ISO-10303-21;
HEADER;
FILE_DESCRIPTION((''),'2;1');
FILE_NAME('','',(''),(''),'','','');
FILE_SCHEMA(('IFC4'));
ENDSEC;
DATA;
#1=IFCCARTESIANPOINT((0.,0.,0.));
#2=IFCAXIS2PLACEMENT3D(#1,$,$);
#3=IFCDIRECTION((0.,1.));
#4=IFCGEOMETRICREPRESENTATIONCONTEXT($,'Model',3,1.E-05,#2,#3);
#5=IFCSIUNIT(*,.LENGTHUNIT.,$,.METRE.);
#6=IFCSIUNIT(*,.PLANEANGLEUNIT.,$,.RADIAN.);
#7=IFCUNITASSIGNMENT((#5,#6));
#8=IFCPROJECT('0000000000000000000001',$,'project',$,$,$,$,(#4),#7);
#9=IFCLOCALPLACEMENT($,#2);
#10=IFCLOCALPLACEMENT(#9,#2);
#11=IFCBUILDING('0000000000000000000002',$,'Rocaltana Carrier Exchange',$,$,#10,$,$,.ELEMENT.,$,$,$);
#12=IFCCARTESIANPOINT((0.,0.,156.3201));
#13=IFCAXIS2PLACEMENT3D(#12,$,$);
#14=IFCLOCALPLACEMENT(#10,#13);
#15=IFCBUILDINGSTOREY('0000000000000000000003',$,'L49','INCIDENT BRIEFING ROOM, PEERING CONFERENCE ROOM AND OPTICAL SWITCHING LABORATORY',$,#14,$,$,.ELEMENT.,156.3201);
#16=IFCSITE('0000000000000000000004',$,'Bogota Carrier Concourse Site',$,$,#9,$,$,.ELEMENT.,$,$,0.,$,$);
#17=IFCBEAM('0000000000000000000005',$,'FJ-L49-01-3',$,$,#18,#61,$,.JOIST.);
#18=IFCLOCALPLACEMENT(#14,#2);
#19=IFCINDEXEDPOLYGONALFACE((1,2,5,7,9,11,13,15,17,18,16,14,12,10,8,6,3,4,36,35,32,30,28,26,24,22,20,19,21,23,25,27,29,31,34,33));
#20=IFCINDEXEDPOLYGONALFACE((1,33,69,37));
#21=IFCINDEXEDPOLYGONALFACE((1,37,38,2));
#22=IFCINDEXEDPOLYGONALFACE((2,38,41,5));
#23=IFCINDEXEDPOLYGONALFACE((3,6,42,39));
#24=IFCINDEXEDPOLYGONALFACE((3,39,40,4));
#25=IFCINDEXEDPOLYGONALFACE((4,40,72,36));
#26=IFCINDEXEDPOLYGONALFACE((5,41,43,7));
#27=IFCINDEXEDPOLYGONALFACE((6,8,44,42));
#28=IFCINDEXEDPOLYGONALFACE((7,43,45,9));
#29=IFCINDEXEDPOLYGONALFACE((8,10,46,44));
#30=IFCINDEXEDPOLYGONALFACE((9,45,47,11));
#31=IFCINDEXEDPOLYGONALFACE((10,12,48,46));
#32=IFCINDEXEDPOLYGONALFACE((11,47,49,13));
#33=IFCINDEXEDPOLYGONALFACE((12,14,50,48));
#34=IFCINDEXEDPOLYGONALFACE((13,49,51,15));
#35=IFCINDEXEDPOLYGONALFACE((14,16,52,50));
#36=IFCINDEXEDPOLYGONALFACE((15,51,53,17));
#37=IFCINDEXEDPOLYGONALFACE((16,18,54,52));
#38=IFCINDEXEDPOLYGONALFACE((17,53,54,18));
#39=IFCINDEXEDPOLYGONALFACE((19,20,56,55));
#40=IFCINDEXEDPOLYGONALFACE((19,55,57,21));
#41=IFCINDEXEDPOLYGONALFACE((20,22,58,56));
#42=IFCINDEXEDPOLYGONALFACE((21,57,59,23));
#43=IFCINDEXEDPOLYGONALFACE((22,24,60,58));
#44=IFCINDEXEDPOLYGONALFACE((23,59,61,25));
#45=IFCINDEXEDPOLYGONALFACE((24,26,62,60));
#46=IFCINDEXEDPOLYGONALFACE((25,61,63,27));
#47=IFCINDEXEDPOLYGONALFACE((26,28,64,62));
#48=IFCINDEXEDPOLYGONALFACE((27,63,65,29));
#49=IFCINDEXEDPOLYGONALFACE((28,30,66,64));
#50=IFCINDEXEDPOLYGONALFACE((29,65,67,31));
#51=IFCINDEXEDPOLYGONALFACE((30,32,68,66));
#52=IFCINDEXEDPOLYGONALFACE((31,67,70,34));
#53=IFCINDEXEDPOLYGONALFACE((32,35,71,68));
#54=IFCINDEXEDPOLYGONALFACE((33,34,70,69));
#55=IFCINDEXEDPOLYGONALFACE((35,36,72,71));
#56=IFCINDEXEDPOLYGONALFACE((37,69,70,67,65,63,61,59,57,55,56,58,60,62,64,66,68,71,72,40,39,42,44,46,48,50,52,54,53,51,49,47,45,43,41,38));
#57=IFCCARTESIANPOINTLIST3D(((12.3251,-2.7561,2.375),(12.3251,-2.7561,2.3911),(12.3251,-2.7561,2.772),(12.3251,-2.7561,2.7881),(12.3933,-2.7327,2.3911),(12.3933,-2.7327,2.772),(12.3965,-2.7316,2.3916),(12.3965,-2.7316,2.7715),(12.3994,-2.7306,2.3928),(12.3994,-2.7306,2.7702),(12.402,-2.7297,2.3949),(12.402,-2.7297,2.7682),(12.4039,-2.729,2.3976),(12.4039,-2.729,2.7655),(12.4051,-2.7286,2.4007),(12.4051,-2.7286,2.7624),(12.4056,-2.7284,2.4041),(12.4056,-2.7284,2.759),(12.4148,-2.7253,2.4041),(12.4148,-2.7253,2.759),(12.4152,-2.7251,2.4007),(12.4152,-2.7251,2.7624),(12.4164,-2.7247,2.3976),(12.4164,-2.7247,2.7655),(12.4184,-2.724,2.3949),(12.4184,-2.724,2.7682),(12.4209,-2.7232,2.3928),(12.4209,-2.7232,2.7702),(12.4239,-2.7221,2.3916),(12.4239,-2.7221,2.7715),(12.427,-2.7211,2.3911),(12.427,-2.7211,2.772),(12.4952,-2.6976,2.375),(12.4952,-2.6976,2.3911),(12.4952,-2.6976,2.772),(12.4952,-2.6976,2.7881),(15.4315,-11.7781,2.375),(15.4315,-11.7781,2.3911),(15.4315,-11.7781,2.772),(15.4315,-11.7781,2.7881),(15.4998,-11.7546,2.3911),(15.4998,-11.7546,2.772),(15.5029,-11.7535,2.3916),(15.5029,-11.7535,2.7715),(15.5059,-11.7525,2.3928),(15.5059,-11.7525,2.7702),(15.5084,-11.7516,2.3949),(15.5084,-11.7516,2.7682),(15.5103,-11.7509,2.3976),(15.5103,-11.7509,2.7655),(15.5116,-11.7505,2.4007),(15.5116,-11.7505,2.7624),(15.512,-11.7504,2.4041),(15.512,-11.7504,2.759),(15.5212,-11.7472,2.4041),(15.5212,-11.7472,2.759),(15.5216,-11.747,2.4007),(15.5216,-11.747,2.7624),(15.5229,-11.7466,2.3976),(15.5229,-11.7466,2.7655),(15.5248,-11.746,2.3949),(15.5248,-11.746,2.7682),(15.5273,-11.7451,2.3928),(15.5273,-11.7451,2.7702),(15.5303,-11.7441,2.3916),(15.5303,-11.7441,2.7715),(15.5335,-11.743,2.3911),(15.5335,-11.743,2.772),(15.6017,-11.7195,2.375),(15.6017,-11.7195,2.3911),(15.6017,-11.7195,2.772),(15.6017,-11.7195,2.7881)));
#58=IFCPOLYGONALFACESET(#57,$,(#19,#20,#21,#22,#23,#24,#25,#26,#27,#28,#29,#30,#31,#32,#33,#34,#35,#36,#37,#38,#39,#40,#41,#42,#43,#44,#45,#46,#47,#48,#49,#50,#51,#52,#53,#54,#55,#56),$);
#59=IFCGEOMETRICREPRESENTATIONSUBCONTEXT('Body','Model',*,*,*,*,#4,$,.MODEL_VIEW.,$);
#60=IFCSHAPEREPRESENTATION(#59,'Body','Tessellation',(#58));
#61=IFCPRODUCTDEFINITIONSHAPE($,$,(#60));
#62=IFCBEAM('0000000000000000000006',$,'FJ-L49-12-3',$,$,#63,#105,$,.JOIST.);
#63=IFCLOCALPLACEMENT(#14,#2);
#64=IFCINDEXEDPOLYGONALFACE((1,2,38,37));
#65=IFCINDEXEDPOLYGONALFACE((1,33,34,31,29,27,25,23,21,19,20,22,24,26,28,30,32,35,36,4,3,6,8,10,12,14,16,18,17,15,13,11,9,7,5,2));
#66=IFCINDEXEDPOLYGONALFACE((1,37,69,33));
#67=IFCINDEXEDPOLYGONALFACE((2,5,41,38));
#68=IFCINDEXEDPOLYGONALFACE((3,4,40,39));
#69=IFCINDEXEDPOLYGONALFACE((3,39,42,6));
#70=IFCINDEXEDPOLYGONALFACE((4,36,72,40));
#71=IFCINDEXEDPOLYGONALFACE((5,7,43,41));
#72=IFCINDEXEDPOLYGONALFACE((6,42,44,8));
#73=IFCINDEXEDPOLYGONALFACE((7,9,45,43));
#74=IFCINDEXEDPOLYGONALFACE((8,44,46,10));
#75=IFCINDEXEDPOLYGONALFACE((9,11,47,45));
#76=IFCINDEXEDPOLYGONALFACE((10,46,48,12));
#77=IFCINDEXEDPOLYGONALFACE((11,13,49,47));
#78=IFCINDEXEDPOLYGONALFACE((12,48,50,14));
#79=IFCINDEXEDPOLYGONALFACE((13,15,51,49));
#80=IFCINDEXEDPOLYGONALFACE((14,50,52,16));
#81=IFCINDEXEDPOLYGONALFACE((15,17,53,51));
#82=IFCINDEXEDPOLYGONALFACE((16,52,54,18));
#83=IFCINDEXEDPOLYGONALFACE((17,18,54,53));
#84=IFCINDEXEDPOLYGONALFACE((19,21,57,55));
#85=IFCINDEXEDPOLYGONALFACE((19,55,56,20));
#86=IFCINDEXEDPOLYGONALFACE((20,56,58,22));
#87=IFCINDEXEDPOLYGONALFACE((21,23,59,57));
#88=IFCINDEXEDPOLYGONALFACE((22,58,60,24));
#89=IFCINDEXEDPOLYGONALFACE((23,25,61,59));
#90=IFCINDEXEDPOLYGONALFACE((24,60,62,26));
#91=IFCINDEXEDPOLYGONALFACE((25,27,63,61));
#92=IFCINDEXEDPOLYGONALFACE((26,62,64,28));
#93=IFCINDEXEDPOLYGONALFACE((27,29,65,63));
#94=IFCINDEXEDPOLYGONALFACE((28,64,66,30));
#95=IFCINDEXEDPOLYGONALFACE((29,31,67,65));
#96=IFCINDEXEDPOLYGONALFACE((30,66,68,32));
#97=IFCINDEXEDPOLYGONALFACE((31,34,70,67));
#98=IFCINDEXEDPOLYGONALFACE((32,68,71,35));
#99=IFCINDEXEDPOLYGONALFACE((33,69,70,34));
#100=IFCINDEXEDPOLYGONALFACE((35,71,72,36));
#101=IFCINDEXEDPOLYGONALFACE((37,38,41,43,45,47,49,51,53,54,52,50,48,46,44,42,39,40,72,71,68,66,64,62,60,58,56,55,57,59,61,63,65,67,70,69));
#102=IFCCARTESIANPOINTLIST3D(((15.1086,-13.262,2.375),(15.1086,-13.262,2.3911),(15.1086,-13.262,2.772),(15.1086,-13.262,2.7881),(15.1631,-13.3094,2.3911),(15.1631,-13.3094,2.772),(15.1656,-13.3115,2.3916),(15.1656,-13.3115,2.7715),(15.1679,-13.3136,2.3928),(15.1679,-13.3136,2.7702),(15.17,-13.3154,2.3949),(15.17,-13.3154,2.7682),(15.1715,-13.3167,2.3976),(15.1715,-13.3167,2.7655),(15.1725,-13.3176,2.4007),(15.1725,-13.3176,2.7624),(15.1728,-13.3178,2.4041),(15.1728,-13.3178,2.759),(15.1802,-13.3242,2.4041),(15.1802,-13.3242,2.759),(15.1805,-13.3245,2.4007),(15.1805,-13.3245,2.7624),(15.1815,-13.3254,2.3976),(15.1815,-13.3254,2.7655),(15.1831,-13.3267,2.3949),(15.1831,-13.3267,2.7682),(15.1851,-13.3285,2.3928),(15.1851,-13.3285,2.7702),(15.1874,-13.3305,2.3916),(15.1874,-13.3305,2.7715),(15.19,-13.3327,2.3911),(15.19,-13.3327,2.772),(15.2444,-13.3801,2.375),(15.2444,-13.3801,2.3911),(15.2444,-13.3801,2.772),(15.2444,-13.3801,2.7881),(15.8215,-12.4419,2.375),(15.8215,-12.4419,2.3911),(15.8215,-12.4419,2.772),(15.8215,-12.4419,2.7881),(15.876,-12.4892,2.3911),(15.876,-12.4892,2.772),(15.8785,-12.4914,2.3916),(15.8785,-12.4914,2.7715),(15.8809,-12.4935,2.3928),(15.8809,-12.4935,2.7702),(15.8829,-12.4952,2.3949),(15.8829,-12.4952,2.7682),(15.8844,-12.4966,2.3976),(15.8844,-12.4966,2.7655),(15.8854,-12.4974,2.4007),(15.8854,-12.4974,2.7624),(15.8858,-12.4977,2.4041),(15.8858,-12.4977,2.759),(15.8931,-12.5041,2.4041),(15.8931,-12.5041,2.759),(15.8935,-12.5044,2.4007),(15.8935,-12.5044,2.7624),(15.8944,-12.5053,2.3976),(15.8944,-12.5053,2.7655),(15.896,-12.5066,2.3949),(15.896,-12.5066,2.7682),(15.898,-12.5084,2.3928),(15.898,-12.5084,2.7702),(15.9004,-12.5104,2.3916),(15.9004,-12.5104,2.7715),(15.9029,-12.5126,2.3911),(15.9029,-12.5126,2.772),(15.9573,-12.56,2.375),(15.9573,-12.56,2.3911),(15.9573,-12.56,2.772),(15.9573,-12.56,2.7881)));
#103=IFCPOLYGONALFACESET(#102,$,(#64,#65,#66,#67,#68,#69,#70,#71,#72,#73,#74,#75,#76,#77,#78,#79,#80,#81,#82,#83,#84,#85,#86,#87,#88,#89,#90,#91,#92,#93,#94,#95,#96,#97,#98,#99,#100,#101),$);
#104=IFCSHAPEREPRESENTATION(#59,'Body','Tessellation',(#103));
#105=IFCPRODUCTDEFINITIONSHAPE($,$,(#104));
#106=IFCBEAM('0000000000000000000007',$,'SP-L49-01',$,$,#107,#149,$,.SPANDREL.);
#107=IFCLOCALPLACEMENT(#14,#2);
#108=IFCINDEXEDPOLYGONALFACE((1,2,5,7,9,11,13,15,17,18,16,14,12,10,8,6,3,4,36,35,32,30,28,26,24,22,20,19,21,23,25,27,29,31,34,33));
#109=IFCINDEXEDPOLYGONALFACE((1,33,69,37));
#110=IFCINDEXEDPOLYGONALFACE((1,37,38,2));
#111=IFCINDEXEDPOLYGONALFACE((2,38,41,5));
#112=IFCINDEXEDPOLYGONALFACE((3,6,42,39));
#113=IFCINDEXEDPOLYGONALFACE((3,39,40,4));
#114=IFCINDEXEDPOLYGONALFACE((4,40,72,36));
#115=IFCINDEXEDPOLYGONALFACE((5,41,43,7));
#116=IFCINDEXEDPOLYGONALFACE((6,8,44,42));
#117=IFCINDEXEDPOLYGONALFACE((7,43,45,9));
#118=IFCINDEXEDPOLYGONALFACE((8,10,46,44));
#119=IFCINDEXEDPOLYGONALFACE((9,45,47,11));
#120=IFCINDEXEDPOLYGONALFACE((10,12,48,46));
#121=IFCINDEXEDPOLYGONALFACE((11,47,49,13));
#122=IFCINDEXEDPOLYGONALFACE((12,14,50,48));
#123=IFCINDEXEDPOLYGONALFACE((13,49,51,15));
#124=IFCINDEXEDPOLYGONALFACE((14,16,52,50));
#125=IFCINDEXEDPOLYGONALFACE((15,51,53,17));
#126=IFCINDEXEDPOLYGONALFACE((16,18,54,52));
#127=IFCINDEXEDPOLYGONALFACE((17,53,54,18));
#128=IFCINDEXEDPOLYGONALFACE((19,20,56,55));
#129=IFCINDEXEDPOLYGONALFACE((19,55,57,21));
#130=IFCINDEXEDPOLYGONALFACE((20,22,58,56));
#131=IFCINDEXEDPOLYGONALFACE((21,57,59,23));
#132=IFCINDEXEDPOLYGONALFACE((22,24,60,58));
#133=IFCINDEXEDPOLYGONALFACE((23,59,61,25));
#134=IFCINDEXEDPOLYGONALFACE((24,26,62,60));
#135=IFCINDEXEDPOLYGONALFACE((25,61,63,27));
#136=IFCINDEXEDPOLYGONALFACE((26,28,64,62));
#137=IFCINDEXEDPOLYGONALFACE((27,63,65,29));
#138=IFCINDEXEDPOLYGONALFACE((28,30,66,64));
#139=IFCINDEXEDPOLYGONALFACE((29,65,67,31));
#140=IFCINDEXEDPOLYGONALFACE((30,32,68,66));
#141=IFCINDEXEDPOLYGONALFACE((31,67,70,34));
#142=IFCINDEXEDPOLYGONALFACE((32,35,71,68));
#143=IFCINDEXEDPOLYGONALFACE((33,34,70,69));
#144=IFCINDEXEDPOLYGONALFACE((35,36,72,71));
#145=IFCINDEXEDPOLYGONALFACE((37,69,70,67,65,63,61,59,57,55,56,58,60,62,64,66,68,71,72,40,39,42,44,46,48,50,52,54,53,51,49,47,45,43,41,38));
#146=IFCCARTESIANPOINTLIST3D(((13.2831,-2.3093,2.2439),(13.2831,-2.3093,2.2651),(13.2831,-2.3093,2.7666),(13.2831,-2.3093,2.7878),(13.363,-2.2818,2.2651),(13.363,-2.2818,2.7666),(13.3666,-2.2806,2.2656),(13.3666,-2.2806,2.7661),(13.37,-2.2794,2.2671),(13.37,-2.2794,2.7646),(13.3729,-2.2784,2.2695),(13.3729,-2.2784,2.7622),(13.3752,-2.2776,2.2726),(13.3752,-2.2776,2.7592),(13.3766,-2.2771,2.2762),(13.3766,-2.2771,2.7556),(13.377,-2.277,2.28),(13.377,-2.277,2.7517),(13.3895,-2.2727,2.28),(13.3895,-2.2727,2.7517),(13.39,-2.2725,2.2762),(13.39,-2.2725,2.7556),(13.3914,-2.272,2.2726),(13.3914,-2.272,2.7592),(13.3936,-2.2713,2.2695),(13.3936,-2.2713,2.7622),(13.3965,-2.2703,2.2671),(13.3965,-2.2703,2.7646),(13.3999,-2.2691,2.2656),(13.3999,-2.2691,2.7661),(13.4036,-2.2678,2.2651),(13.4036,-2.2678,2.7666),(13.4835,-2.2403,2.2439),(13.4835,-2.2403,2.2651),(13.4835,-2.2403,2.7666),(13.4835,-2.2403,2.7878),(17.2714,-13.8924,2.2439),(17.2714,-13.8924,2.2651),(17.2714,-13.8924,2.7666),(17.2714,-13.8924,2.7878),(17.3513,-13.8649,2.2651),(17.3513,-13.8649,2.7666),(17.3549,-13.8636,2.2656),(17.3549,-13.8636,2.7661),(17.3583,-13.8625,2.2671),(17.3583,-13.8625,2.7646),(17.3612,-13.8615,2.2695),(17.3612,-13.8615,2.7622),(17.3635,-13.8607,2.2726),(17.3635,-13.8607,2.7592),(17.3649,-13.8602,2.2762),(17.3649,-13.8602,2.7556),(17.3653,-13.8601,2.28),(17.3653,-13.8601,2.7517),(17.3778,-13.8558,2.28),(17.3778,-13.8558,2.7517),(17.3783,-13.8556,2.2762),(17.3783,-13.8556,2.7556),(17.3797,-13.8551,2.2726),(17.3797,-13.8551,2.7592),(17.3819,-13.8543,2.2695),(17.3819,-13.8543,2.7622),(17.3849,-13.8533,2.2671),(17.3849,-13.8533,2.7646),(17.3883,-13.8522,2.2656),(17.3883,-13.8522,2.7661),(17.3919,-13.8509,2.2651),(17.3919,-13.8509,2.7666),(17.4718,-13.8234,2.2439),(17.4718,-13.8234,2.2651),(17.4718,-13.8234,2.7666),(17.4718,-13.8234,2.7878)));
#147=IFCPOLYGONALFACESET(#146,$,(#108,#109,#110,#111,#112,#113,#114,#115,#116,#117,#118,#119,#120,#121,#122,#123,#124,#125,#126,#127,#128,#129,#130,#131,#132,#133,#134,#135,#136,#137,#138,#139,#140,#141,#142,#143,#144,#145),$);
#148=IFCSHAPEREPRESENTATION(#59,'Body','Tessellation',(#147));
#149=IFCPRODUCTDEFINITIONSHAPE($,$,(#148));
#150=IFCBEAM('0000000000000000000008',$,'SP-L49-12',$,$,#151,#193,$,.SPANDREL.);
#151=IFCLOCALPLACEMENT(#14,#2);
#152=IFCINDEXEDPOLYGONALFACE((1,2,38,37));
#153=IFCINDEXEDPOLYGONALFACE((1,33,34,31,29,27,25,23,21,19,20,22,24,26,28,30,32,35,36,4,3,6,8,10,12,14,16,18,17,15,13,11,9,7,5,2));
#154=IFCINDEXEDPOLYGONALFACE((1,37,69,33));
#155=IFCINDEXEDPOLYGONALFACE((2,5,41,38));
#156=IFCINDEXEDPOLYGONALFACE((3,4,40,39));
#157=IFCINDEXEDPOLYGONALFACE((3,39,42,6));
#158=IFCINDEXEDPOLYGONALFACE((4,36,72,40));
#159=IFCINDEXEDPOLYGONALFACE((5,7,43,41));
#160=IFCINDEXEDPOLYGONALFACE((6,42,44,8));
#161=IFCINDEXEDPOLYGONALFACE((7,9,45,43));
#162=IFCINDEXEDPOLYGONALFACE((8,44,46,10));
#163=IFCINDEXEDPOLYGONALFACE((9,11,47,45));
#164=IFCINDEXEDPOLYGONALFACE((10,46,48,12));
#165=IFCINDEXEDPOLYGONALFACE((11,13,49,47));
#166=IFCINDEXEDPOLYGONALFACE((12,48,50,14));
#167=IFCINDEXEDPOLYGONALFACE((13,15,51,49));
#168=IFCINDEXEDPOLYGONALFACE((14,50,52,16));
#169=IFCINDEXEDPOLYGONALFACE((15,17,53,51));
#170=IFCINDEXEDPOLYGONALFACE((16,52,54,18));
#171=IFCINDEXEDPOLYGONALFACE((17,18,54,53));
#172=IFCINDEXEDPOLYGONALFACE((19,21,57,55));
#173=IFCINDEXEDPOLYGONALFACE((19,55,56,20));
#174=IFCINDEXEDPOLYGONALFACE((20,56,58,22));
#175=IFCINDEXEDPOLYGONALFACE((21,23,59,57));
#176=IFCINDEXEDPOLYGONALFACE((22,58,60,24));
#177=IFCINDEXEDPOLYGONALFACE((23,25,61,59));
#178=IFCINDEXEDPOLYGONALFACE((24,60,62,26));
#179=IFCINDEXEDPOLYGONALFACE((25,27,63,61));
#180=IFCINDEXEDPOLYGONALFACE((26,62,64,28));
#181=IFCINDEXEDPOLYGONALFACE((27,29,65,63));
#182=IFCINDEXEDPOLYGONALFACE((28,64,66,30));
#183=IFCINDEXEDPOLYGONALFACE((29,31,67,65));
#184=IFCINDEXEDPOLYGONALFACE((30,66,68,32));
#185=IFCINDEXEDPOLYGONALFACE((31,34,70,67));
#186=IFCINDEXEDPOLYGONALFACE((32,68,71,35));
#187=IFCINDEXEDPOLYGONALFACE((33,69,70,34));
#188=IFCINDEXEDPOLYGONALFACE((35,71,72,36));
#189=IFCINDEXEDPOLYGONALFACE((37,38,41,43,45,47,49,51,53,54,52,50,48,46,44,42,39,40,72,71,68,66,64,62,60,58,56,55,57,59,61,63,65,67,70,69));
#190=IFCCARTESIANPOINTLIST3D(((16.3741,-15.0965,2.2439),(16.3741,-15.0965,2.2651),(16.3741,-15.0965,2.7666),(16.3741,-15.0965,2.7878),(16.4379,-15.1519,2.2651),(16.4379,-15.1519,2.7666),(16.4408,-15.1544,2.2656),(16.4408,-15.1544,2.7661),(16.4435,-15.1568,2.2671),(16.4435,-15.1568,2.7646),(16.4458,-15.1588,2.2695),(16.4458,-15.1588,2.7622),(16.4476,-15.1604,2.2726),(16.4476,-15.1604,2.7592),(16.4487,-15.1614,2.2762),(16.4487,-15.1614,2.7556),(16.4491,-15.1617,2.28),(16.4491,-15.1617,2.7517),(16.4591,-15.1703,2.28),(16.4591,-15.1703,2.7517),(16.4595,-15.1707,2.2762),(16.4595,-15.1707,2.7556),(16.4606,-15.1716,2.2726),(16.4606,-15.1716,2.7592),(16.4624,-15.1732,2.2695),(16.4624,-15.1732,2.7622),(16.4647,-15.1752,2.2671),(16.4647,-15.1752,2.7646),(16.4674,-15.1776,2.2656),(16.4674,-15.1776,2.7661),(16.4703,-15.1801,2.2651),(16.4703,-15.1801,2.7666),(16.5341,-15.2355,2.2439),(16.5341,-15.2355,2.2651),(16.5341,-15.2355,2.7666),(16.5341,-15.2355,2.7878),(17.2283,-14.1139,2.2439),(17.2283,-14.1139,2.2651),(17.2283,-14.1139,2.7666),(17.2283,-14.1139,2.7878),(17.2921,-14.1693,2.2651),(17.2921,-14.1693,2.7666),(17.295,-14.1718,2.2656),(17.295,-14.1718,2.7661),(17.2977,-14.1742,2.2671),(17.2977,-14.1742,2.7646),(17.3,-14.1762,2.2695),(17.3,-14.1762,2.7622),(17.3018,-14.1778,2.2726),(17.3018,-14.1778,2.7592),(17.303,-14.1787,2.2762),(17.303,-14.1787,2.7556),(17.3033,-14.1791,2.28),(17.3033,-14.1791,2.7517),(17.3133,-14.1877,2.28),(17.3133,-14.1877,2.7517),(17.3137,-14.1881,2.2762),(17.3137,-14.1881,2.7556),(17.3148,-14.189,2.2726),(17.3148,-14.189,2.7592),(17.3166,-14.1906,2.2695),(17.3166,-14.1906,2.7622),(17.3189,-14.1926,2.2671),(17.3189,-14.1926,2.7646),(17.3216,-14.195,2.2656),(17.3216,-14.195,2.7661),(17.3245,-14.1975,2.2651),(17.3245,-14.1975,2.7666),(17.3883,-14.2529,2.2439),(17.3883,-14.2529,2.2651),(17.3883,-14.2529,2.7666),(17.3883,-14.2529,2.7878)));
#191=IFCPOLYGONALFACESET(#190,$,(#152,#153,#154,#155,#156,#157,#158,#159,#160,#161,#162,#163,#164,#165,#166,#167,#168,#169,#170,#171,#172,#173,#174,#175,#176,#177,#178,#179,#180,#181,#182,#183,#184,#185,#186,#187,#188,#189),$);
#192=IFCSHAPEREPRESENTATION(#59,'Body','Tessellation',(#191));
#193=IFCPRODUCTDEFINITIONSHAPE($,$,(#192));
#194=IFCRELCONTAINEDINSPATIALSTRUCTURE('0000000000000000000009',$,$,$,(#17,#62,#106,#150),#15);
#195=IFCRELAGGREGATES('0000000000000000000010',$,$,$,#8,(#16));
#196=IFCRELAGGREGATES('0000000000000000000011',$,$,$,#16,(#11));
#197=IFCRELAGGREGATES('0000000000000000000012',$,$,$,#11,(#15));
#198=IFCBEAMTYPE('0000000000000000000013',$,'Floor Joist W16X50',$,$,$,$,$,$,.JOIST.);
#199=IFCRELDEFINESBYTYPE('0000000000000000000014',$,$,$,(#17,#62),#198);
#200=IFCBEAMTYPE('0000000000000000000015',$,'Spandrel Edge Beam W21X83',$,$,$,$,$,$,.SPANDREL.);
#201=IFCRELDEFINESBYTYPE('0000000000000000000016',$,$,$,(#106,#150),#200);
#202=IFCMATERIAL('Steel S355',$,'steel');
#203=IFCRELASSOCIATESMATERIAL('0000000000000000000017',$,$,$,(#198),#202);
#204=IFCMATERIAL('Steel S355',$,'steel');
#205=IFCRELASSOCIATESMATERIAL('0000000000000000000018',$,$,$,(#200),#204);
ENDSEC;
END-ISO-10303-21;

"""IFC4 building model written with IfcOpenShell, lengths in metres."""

from ifc_helpers import new_model, si_unit, direction, frame, origin, origin_2d, place, context, subcontext, project, spatial, i_section, extrude, material, material_profile, profile_set, type_object, element, save


model = new_model("IFC4")

# Units and contexts
model_context = context("Model", 3, precision=1e-05, world=origin(), true_north=direction((0.0, 1.0)))
body_context = subcontext(model_context, "Body", "Model", "MODEL_VIEW")
ifc_project = project(units=[si_unit("LENGTHUNIT", "METRE"), si_unit("PLANEANGLEUNIT", "RADIAN")], contexts=[model_context])

# Site, building, storey
site_placement = place(None, origin())
site = spatial("IfcSite", under=ifc_project, at=site_placement, Name="Bogota Carrier Concourse Site", CompositionType="ELEMENT", RefElevation=0.0)
building_placement = place(site_placement, origin())
building = spatial("IfcBuilding", under=site, at=building_placement, Name="Rocaltana Carrier Exchange", CompositionType="ELEMENT")
storey_placement = place(building_placement, frame((0.0, 0.0, 156.3201)))
storey = spatial("IfcBuildingStorey", under=building, at=storey_placement, Name="L49", Description="INCIDENT BRIEFING ROOM, PEERING CONFERENCE ROOM AND OPTICAL SWITCHING LABORATORY", CompositionType="ELEMENT", Elevation=156.3201)

# Beams
ifc_material_1 = material(Name="Steel S355", Category="steel")
ifc_material_profile_1 = material_profile(ifc_material_1, i_section(OverallWidth=0.1799, OverallDepth=0.4131, WebThickness=0.0098, FlangeThickness=0.0161, FilletRadius=0.0129, at=origin_2d()), Name="W16X50")
ifc_profile_set_1 = profile_set([ifc_material_profile_1], Name="Steel S355")
beam_type_1 = type_object("IfcBeamType", Name="Floor Joist W16X50", PredefinedType="JOIST", material=ifc_profile_set_1)
beam_1_placement = place(storey_placement, frame((15.5166, -11.7488, 2.5815), z_axis=(-0.325562, 0.945521, 0.0), x_axis=(-0.945521, -0.325562, 0.0)))
element("IfcBeam", 1, at=beam_1_placement, inside=storey, type_object=beam_type_1, Name="FJ-L49-01-3", PredefinedType="JOIST", context=body_context, shape_type="SweptSolid", body=[
    extrude(i_section(OverallWidth=0.1799, OverallDepth=0.4131, WebThickness=0.0098, FlangeThickness=0.0161, FilletRadius=0.0129, at=origin_2d()), origin(), (0.0, 0.0, 1.0), 9.5417),
])
beam_2_placement = place(storey_placement, frame((15.1765, -13.321, 2.5815), z_axis=(0.656067, 0.754702, 0.0), x_axis=(-0.754702, 0.656067, 0.0)))
element("IfcBeam", 2, at=beam_2_placement, inside=storey, type_object=beam_type_1, Name="FJ-L49-12-3", PredefinedType="JOIST", context=body_context, shape_type="SweptSolid", body=[
    extrude(i_section(OverallWidth=0.1799, OverallDepth=0.4131, WebThickness=0.0098, FlangeThickness=0.0161, FilletRadius=0.0129, at=origin_2d()), origin(), (0.0, 0.0, 1.0), 1.0867),
])
ifc_material_2 = material(Name="Steel S355", Category="steel")
ifc_material_profile_2 = material_profile(ifc_material_2, i_section(OverallWidth=0.2119, OverallDepth=0.5439, WebThickness=0.0132, FlangeThickness=0.0212, FilletRadius=0.0149, at=origin_2d()), Name="W21X83")
ifc_profile_set_2 = profile_set([ifc_material_profile_2], Name="Steel S355")
beam_type_2 = type_object("IfcBeamType", Name="Spandrel Edge Beam W21X83", PredefinedType="SPANDREL", material=ifc_profile_set_2)
beam_3_placement = place(storey_placement, frame((17.3716, -13.8579, 2.5159), z_axis=(-0.325563, 0.94552, 0.0), x_axis=(-0.94552, -0.325563, 0.0)))
element("IfcBeam", 3, at=beam_3_placement, inside=storey, type_object=beam_type_2, Name="SP-L49-01", PredefinedType="SPANDREL", context=body_context, shape_type="SweptSolid", body=[
    extrude(i_section(OverallWidth=0.2119, OverallDepth=0.5439, WebThickness=0.0132, FlangeThickness=0.0212, FilletRadius=0.0149, at=origin_2d()), origin(), (0.0, 0.0, 1.0), 12.2505),
])
beam_4_placement = place(storey_placement, frame((16.4541, -15.166, 2.5159), z_axis=(0.656072, 0.754698, 0.0), x_axis=(-0.754698, 0.656072, 0.0)))
element("IfcBeam", 4, at=beam_4_placement, inside=storey, type_object=beam_type_2, Name="SP-L49-12", PredefinedType="SPANDREL", context=body_context, shape_type="SweptSolid", body=[
    extrude(i_section(OverallWidth=0.2119, OverallDepth=0.5439, WebThickness=0.0132, FlangeThickness=0.0212, FilletRadius=0.0149, at=origin_2d()), origin(), (0.0, 0.0, 1.0), 1.302),
])

save(model, "model.ifc")
